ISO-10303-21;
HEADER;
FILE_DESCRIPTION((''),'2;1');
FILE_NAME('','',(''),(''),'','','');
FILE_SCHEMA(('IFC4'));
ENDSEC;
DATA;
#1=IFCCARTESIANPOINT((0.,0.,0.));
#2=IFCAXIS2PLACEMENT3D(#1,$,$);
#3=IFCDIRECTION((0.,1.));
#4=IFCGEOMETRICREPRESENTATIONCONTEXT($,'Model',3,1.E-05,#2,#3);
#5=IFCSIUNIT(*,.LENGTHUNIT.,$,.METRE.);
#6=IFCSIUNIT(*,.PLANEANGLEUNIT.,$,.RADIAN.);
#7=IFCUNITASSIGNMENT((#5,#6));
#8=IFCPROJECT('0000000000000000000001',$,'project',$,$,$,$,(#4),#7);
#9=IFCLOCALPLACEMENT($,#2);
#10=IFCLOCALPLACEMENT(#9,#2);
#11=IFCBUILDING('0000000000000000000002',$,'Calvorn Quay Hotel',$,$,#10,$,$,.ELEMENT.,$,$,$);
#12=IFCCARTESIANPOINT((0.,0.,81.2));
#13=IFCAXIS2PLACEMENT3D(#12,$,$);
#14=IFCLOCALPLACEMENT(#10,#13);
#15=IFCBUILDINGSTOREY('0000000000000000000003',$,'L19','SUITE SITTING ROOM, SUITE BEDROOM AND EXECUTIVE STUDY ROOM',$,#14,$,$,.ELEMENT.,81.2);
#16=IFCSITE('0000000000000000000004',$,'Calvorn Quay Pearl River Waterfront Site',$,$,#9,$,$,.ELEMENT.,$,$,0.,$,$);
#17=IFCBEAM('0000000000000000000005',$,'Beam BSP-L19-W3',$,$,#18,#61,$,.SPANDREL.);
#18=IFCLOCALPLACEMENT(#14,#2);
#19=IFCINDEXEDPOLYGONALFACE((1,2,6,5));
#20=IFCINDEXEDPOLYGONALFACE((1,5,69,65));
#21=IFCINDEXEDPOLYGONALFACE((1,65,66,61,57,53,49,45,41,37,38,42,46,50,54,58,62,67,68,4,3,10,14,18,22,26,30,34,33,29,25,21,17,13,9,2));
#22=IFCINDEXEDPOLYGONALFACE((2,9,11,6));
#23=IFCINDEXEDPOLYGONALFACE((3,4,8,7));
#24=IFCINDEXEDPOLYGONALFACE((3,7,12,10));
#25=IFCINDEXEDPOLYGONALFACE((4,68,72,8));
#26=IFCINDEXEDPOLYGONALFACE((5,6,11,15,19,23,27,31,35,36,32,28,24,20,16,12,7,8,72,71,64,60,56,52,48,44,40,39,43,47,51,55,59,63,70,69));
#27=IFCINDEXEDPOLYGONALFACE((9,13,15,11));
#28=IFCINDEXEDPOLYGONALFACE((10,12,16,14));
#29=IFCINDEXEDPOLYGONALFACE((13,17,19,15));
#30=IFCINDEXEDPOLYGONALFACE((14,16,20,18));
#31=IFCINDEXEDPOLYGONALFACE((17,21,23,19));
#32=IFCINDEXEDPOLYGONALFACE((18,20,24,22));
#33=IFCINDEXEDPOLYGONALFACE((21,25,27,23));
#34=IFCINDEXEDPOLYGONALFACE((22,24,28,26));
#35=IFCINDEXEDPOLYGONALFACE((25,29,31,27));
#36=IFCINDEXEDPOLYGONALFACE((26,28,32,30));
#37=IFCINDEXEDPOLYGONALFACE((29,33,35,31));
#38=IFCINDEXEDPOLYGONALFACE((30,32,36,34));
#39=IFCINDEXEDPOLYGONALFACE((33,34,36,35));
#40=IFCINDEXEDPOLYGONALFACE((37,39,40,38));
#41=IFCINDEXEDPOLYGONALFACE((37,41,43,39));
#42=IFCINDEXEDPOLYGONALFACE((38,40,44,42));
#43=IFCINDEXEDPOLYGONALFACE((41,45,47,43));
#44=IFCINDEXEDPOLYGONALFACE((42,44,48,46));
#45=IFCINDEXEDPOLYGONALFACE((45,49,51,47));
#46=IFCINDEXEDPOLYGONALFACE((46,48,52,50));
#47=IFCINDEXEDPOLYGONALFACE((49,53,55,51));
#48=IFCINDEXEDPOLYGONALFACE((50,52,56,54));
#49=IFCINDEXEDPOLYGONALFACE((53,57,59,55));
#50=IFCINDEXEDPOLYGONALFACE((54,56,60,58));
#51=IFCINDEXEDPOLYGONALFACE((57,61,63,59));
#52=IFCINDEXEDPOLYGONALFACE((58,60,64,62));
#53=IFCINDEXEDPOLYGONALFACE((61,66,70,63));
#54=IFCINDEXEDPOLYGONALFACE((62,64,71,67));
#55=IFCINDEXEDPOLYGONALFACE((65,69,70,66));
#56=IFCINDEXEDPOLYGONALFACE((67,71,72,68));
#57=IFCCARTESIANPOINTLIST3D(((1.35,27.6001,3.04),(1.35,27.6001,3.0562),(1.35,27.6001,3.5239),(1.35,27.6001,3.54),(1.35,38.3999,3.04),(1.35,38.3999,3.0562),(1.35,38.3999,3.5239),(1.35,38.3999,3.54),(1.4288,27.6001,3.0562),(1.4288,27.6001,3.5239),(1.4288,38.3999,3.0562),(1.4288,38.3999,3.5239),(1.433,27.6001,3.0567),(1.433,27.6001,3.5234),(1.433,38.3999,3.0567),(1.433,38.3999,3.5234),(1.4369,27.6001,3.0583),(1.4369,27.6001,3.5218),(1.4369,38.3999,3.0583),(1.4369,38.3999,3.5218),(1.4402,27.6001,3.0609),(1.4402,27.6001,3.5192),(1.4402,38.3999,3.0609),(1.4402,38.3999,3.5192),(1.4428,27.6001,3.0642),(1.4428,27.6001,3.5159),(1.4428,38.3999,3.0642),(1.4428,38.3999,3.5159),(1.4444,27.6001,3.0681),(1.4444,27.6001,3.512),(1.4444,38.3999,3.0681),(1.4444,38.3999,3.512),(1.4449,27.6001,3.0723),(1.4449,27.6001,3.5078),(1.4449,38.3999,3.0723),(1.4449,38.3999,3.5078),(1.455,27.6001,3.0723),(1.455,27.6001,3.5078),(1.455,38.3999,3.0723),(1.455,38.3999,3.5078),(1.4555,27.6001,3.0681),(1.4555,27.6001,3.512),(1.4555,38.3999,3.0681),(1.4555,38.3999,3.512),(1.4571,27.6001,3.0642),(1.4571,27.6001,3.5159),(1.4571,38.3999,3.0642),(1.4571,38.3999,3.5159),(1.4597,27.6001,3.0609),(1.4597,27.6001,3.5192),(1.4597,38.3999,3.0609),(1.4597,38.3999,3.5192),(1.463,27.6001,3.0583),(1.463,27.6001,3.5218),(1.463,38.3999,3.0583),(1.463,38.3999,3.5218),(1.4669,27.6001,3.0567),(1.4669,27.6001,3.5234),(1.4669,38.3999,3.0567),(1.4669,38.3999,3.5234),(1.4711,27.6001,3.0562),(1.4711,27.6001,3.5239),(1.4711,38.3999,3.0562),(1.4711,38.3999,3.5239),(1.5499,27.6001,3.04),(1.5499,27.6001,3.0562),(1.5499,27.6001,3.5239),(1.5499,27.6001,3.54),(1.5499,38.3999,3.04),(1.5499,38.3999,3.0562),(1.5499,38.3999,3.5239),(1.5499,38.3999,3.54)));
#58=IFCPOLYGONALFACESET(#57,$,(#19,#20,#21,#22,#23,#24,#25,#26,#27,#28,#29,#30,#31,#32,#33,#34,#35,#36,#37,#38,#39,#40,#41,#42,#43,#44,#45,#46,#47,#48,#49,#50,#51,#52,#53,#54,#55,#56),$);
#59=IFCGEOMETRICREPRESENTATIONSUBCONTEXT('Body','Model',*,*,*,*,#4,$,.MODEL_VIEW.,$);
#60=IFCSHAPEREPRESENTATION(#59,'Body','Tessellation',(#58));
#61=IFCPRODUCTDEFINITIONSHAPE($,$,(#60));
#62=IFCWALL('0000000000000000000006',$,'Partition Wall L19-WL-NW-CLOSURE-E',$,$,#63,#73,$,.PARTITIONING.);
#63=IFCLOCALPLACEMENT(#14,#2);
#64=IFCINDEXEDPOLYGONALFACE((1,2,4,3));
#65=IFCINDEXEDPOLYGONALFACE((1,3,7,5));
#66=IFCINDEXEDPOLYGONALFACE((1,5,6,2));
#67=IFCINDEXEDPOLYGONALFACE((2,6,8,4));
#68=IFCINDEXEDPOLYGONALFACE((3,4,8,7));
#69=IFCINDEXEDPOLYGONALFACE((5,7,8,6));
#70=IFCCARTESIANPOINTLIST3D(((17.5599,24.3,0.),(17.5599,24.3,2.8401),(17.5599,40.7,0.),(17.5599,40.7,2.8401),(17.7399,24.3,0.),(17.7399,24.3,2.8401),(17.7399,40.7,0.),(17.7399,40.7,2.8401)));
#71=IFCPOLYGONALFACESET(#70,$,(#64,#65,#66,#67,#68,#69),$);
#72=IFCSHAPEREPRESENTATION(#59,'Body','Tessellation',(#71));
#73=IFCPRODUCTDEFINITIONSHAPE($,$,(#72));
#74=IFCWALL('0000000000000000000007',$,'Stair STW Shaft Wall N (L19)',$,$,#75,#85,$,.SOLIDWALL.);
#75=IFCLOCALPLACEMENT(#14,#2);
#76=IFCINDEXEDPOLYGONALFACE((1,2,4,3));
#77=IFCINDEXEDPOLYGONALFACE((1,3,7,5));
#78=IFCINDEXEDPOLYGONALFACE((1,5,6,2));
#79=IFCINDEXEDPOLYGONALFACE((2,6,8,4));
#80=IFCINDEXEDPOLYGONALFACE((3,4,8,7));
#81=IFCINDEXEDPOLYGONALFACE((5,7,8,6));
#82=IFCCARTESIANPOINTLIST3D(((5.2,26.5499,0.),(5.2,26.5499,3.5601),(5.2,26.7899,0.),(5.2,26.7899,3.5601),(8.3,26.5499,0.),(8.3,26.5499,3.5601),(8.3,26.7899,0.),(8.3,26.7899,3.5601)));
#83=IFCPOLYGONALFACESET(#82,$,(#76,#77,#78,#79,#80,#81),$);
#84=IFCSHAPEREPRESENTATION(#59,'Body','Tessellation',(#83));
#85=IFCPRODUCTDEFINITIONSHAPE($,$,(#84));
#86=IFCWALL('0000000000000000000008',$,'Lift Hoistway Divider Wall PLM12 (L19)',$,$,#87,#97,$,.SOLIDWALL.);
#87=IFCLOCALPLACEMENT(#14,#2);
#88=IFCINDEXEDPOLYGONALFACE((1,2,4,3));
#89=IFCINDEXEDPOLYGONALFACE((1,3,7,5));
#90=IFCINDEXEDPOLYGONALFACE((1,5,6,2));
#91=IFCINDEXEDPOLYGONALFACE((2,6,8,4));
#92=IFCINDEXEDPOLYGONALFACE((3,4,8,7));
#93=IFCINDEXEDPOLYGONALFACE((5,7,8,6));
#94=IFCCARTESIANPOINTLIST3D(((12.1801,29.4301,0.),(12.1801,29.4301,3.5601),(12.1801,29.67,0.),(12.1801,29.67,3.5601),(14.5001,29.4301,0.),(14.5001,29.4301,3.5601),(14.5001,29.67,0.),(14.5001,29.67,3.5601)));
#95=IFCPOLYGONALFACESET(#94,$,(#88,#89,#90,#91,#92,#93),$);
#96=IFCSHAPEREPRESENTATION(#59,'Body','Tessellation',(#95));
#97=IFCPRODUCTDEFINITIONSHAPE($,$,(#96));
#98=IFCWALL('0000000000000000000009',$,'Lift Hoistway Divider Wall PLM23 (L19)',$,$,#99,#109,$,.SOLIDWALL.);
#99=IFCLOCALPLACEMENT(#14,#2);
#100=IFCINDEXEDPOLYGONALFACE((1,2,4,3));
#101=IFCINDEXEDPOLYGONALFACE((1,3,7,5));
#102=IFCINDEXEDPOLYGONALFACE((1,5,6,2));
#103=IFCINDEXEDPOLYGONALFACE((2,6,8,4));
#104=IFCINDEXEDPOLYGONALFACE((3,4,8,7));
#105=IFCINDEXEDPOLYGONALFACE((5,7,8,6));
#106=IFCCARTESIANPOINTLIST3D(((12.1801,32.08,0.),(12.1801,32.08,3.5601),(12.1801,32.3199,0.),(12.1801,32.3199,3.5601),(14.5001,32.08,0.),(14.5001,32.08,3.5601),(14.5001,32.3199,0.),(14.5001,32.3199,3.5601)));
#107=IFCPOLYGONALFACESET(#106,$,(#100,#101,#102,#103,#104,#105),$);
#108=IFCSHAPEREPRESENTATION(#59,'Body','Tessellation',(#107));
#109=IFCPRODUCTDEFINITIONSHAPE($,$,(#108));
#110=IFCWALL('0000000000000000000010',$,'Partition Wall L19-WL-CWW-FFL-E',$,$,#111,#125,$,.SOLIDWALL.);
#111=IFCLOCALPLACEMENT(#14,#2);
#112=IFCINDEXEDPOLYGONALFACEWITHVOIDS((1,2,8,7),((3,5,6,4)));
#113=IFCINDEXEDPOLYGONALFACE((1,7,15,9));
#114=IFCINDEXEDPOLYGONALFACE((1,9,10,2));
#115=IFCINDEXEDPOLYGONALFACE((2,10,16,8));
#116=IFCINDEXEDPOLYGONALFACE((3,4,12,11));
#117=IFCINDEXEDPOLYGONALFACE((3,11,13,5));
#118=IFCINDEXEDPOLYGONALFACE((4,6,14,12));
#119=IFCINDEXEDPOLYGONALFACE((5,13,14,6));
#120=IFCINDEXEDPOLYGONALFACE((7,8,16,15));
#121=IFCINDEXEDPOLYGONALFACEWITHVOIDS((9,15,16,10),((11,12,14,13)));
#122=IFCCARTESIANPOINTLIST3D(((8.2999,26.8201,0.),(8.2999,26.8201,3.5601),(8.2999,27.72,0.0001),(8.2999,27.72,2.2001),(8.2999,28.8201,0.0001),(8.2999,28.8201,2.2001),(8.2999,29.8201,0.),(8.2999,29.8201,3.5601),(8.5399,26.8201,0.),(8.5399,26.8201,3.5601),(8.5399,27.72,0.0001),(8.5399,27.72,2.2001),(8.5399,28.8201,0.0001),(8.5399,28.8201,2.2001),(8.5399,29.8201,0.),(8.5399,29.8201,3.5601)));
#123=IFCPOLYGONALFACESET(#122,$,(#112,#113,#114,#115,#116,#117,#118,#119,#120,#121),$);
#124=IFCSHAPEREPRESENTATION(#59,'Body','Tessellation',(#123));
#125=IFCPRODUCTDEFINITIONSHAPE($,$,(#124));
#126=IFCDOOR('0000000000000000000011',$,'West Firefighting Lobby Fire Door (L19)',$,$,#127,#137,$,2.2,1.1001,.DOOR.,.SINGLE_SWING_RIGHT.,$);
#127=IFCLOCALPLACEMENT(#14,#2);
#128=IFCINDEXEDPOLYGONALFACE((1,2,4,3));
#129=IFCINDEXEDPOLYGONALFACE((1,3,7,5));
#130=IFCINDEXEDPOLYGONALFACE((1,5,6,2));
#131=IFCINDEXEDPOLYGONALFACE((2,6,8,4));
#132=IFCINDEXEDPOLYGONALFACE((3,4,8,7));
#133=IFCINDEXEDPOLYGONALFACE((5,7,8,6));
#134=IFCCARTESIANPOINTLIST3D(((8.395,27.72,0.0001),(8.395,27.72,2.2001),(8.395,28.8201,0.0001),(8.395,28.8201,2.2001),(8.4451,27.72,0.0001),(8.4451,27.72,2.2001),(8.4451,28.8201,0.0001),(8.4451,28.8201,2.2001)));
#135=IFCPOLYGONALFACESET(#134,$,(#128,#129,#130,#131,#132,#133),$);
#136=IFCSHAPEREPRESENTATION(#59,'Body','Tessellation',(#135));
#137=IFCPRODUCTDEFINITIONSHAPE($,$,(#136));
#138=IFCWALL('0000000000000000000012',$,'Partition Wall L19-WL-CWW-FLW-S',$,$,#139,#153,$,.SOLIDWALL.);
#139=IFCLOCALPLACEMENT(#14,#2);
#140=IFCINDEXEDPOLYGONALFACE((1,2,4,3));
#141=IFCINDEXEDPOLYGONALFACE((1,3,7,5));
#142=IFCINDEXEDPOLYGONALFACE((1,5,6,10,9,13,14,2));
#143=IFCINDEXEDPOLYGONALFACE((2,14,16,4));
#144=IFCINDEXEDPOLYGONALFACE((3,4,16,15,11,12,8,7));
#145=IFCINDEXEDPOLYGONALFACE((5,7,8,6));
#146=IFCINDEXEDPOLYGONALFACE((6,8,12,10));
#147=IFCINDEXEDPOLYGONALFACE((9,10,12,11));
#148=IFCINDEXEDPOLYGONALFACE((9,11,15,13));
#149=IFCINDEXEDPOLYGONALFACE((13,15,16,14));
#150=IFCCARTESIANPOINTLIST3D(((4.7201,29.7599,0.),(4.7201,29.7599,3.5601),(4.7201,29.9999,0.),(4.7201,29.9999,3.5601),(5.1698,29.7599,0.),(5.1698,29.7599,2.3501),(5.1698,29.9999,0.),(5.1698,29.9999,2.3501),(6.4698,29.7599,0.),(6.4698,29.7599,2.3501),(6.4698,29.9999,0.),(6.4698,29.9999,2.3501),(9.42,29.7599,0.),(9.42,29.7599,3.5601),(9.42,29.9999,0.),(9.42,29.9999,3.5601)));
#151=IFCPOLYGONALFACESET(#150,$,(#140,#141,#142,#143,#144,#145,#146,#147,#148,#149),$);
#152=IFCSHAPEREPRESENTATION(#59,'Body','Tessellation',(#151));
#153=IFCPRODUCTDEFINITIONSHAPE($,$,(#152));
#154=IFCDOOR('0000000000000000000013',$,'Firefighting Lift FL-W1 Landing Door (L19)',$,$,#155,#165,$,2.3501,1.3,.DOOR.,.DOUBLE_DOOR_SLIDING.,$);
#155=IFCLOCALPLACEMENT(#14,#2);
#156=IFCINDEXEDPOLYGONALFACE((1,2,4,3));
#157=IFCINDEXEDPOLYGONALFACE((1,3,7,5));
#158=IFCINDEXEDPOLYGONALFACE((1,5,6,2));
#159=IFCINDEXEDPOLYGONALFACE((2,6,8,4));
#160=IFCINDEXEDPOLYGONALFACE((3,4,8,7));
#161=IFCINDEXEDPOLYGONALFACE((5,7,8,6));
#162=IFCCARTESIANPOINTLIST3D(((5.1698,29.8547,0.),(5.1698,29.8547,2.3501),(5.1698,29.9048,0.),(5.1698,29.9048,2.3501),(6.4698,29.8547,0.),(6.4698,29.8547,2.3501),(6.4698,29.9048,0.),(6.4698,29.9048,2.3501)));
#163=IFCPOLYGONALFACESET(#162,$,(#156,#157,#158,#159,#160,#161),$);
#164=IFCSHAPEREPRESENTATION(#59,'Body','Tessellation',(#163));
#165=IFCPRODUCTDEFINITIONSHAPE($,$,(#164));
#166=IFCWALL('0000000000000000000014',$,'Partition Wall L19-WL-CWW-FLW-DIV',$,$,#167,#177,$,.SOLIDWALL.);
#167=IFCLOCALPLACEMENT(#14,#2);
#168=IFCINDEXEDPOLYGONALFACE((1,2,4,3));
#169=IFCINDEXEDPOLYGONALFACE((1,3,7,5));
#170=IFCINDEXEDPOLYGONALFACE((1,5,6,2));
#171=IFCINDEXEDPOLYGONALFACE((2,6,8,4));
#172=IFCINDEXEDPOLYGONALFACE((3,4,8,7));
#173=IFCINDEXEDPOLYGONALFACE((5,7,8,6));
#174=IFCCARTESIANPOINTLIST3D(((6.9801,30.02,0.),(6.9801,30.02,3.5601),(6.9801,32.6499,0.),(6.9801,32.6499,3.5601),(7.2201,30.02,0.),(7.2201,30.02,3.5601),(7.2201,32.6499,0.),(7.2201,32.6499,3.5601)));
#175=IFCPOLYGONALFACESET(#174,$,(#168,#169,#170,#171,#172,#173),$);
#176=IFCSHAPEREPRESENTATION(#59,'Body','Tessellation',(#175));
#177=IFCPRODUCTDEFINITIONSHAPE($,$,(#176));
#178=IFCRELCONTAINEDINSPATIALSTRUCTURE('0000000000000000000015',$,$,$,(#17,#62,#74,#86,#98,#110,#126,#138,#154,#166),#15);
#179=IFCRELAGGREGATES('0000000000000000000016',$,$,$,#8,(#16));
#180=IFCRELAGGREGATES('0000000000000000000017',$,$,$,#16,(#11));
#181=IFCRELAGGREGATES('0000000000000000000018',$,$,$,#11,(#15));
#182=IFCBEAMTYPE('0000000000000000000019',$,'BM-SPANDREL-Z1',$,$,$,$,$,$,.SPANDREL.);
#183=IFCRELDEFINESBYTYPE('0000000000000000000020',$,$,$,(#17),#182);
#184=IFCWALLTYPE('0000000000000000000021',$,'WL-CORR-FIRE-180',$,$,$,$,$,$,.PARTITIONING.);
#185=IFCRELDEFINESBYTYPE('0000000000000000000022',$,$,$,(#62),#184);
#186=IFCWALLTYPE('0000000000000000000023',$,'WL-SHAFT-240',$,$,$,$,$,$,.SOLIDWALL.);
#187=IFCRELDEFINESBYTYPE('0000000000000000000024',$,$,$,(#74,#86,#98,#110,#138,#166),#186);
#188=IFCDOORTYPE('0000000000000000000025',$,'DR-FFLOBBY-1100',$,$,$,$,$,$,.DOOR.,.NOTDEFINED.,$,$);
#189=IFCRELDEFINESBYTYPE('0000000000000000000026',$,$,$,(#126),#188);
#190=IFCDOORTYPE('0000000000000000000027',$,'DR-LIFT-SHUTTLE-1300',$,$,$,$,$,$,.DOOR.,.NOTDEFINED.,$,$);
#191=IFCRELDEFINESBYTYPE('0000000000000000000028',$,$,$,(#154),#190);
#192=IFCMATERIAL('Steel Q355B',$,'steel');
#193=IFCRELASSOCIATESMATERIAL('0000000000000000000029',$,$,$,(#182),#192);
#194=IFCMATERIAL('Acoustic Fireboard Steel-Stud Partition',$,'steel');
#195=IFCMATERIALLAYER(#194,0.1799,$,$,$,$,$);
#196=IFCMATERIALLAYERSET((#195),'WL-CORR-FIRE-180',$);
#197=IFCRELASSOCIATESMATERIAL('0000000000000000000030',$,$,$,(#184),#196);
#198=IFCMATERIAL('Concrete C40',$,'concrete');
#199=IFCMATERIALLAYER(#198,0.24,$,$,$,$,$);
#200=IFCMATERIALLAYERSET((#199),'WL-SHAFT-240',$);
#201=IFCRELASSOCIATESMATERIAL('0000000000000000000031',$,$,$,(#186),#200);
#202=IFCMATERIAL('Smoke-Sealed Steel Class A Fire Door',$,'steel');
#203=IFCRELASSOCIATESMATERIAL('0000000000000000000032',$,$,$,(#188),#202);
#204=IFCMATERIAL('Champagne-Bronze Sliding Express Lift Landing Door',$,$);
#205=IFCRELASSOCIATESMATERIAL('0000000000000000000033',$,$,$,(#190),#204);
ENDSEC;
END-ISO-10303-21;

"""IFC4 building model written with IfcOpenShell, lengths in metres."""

from ifc_helpers import new_model, si_unit, direction, frame, frame_2d, origin, origin_2d, place, context, subcontext, project, spatial, rectangle, i_section, extrude, material, layer, layer_set, material_profile, profile_set, type_object, element, fill, save


model = new_model("IFC4")

# Units and contexts
model_context = context("Model", 3, precision=1e-05, world=origin(), true_north=direction((0.0, 1.0)))
body_context = subcontext(model_context, "Body", "Model", "MODEL_VIEW")
ifc_project = project(units=[si_unit("LENGTHUNIT", "METRE"), si_unit("PLANEANGLEUNIT", "RADIAN")], contexts=[model_context])

# Site, building, storey
site_placement = place(None, origin())
site = spatial("IfcSite", under=ifc_project, at=site_placement, Name="Calvorn Quay Pearl River Waterfront Site", CompositionType="ELEMENT", RefElevation=0.0)
building_placement = place(site_placement, origin())
building = spatial("IfcBuilding", under=site, at=building_placement, Name="Calvorn Quay Hotel", CompositionType="ELEMENT")
storey_placement = place(building_placement, frame((0.0, 0.0, 81.2)))
storey = spatial("IfcBuildingStorey", under=building, at=storey_placement, Name="L19", Description="SUITE SITTING ROOM, SUITE BEDROOM AND EXECUTIVE STUDY ROOM", CompositionType="ELEMENT", Elevation=81.2)

# Beam
ifc_material_1 = material(Name="Steel Q355B", Category="steel")
ifc_material_profile_1 = material_profile(ifc_material_1, i_section(OverallWidth=0.2, OverallDepth=0.5, WebThickness=0.01, FlangeThickness=0.0161, FilletRadius=0.0161, at=origin_2d()), Name="HN500x200x10x16")
ifc_profile_set_1 = profile_set([ifc_material_profile_1], Name="Steel Q355B")
beam_type_1 = type_object("IfcBeamType", Name="BM-SPANDREL-Z1", PredefinedType="SPANDREL", material=ifc_profile_set_1)
beam_1_placement = place(storey_placement, frame((1.45, 27.6001, 3.29), z_axis=(0.0, 1.0, 0.0), x_axis=(-1.0, 0.0, 0.0)))
element("IfcBeam", 1, at=beam_1_placement, inside=storey, type_object=beam_type_1, Name="Beam BSP-L19-W3", PredefinedType="SPANDREL", context=body_context, shape_type="SweptSolid", body=[
    extrude(i_section(OverallWidth=0.2, OverallDepth=0.5, WebThickness=0.01, FlangeThickness=0.0161, FilletRadius=0.0161, at=origin_2d()), origin(), (0.0, 0.0, 1.0), 10.7998),
])

# Wall
ifc_material_2 = material(Name="Acoustic Fireboard Steel-Stud Partition", Category="steel")
ifc_layer_1 = layer(ifc_material_2, 0.1799)
ifc_layer_set_1 = layer_set([ifc_layer_1], Name="WL-CORR-FIRE-180")
wall_type_1 = type_object("IfcWallType", Name="WL-CORR-FIRE-180", PredefinedType="PARTITIONING", material=ifc_layer_set_1)
wall_1_placement = place(storey_placement, frame((17.6499, 24.3, 0.0), z_axis=(0.0, 0.0, 1.0), x_axis=(0.0, 1.0, 0.0)))
element("IfcWall", 2, at=wall_1_placement, inside=storey, type_object=wall_type_1, Name="Partition Wall L19-WL-NW-CLOSURE-E", PredefinedType="PARTITIONING", context=body_context, shape_type="SweptSolid", body=[
    extrude(rectangle(XDim=16.3999, YDim=0.1799, at=frame_2d((8.2, 0.0))), origin(), (0.0, 0.0, 1.0), 2.8401),
])

# Walls
ifc_material_3 = material(Name="Concrete C40", Category="concrete")
ifc_layer_2 = layer(ifc_material_3, 0.24)
ifc_layer_set_2 = layer_set([ifc_layer_2], Name="WL-SHAFT-240")
wall_type_2 = type_object("IfcWallType", Name="WL-SHAFT-240", PredefinedType="SOLIDWALL", material=ifc_layer_set_2)
wall_2_placement = place(storey_placement, frame((5.2, 26.6699, 0.0), z_axis=(0.0, 0.0, 1.0), x_axis=(1.0, 0.0, 0.0)))
element("IfcWall", 3, at=wall_2_placement, inside=storey, type_object=wall_type_2, Name="Stair STW Shaft Wall N (L19)", PredefinedType="SOLIDWALL", context=body_context, shape_type="SweptSolid", body=[
    extrude(rectangle(XDim=3.1001, YDim=0.24, at=frame_2d((1.55, 0.0))), origin(), (0.0, 0.0, 1.0), 3.5601),
])
for number, where, z_axis, x_axis, name in (
    (4, (12.1799, 29.55, 0.0), (0.0, 0.0, 1.0), (1.0, 0.0, 0.0), "Lift Hoistway Divider Wall PLM12 (L19)"),
    (5, (12.1799, 32.2, 0.0), (0.0, 0.0, 1.0), (1.0, 0.0, 0.0), "Lift Hoistway Divider Wall PLM23 (L19)"),
):
    element("IfcWall", number, at=place(storey_placement, frame(where, z_axis=z_axis, x_axis=x_axis)), inside=storey, type_object=wall_type_2, Name=name, PredefinedType="SOLIDWALL", context=body_context, shape_type="SweptSolid", body=[
        extrude(rectangle(XDim=2.3201, YDim=0.24, at=frame_2d((1.1602, 0.0))), origin(), (0.0, 0.0, 1.0), 3.5601),
    ])

# Walls, openings, doors
wall_3_placement = place(storey_placement, frame((8.4199, 26.8201, 0.0), z_axis=(0.0, 0.0, 1.0), x_axis=(0.0, 1.0, 0.0)))
wall_3 = element("IfcWall", 6, at=wall_3_placement, inside=storey, type_object=wall_type_2, Name="Partition Wall L19-WL-CWW-FFL-E", PredefinedType="SOLIDWALL", context=body_context, shape_type="SweptSolid", body=[
    extrude(rectangle(XDim=3.0, YDim=0.24, at=frame_2d((1.5, 0.0))), origin(), (0.0, 0.0, 1.0), 3.5601),
])
opening_1_placement = place(wall_3_placement, frame((0.8999, 0.0, 0.0)))
opening_1 = element("IfcOpeningElement", 7, at=opening_1_placement, cuts=wall_3, PredefinedType="OPENING", context=body_context, shape_type="SweptSolid", body=[
    extrude(rectangle(XDim=1.1001, YDim=2.2, at=frame_2d((0.55, 1.1001))), frame((0.0, 0.1299, 0.0), z_axis=(0.0, -1.0, 0.0), x_axis=(1.0, 0.0, 0.0)), (0.0, 0.0, 1.0), 0.26),
])
ifc_material_4 = material(Name="Smoke-Sealed Steel Class A Fire Door", Category="steel")
door_type_1 = type_object("IfcDoorType", Name="DR-FFLOBBY-1100", OperationType="NOTDEFINED", PredefinedType="DOOR", material=ifc_material_4)
door_1_placement = place(opening_1_placement, origin())
door_1 = element("IfcDoor", 8, at=door_1_placement, inside=storey, type_object=door_type_1, Name="West Firefighting Lobby Fire Door (L19)", OperationType="SINGLE_SWING_RIGHT", OverallHeight=2.2, OverallWidth=1.1001, PredefinedType="DOOR", context=body_context, shape_type="SweptSolid", body=[
    extrude(rectangle(XDim=1.1001, YDim=2.2, at=frame_2d((0.55, 1.1001))), frame((0.0, 0.0249, 0.0), z_axis=(0.0, -1.0, 0.0), x_axis=(1.0, 0.0, 0.0)), (0.0, 0.0, 1.0), 0.05),
])
fill(opening_1, door_1)
wall_4_placement = place(storey_placement, frame((4.72, 29.8799, 0.0), z_axis=(0.0, 0.0, 1.0), x_axis=(1.0, 0.0, 0.0)))
wall_4 = element("IfcWall", 9, at=wall_4_placement, inside=storey, type_object=wall_type_2, Name="Partition Wall L19-WL-CWW-FLW-S", PredefinedType="SOLIDWALL", context=body_context, shape_type="SweptSolid", body=[
    extrude(rectangle(XDim=4.7, YDim=0.24, at=frame_2d((2.3501, 0.0))), origin(), (0.0, 0.0, 1.0), 3.5601),
])
opening_2_placement = place(wall_4_placement, frame((0.45, 0.0, 0.0)))
opening_2 = element("IfcOpeningElement", 10, at=opening_2_placement, cuts=wall_4, PredefinedType="OPENING", context=body_context, shape_type="SweptSolid", body=[
    extrude(rectangle(XDim=1.3, YDim=2.3501, at=frame_2d((0.6499, 1.175))), frame((0.0, 0.1299, 0.0), z_axis=(0.0, -1.0, 0.0), x_axis=(1.0, 0.0, 0.0)), (0.0, 0.0, 1.0), 0.26),
])
ifc_material_5 = material(Name="Champagne-Bronze Sliding Express Lift Landing Door")
door_type_2 = type_object("IfcDoorType", Name="DR-LIFT-SHUTTLE-1300", OperationType="NOTDEFINED", PredefinedType="DOOR", material=ifc_material_5)
door_2_placement = place(opening_2_placement, origin())
door_2 = element("IfcDoor", 11, at=door_2_placement, inside=storey, type_object=door_type_2, Name="Firefighting Lift FL-W1 Landing Door (L19)", OperationType="DOUBLE_DOOR_SLIDING", OverallHeight=2.3501, OverallWidth=1.3, PredefinedType="DOOR", context=body_context, shape_type="SweptSolid", body=[
    extrude(rectangle(XDim=1.3, YDim=2.3501, at=frame_2d((0.6499, 1.175))), frame((0.0, 0.0249, 0.0), z_axis=(0.0, -1.0, 0.0), x_axis=(1.0, 0.0, 0.0)), (0.0, 0.0, 1.0), 0.05),
])
fill(opening_2, door_2)

# Wall
wall_5_placement = place(storey_placement, frame((7.1001, 30.02, 0.0), z_axis=(0.0, 0.0, 1.0), x_axis=(0.0, 1.0, 0.0)))
element("IfcWall", 12, at=wall_5_placement, inside=storey, type_object=wall_type_2, Name="Partition Wall L19-WL-CWW-FLW-DIV", PredefinedType="SOLIDWALL", context=body_context, shape_type="SweptSolid", body=[
    extrude(rectangle(XDim=2.6299, YDim=0.24, at=frame_2d((1.3149, 0.0))), origin(), (0.0, 0.0, 1.0), 3.5601),
])

save(model, "model.ifc")
